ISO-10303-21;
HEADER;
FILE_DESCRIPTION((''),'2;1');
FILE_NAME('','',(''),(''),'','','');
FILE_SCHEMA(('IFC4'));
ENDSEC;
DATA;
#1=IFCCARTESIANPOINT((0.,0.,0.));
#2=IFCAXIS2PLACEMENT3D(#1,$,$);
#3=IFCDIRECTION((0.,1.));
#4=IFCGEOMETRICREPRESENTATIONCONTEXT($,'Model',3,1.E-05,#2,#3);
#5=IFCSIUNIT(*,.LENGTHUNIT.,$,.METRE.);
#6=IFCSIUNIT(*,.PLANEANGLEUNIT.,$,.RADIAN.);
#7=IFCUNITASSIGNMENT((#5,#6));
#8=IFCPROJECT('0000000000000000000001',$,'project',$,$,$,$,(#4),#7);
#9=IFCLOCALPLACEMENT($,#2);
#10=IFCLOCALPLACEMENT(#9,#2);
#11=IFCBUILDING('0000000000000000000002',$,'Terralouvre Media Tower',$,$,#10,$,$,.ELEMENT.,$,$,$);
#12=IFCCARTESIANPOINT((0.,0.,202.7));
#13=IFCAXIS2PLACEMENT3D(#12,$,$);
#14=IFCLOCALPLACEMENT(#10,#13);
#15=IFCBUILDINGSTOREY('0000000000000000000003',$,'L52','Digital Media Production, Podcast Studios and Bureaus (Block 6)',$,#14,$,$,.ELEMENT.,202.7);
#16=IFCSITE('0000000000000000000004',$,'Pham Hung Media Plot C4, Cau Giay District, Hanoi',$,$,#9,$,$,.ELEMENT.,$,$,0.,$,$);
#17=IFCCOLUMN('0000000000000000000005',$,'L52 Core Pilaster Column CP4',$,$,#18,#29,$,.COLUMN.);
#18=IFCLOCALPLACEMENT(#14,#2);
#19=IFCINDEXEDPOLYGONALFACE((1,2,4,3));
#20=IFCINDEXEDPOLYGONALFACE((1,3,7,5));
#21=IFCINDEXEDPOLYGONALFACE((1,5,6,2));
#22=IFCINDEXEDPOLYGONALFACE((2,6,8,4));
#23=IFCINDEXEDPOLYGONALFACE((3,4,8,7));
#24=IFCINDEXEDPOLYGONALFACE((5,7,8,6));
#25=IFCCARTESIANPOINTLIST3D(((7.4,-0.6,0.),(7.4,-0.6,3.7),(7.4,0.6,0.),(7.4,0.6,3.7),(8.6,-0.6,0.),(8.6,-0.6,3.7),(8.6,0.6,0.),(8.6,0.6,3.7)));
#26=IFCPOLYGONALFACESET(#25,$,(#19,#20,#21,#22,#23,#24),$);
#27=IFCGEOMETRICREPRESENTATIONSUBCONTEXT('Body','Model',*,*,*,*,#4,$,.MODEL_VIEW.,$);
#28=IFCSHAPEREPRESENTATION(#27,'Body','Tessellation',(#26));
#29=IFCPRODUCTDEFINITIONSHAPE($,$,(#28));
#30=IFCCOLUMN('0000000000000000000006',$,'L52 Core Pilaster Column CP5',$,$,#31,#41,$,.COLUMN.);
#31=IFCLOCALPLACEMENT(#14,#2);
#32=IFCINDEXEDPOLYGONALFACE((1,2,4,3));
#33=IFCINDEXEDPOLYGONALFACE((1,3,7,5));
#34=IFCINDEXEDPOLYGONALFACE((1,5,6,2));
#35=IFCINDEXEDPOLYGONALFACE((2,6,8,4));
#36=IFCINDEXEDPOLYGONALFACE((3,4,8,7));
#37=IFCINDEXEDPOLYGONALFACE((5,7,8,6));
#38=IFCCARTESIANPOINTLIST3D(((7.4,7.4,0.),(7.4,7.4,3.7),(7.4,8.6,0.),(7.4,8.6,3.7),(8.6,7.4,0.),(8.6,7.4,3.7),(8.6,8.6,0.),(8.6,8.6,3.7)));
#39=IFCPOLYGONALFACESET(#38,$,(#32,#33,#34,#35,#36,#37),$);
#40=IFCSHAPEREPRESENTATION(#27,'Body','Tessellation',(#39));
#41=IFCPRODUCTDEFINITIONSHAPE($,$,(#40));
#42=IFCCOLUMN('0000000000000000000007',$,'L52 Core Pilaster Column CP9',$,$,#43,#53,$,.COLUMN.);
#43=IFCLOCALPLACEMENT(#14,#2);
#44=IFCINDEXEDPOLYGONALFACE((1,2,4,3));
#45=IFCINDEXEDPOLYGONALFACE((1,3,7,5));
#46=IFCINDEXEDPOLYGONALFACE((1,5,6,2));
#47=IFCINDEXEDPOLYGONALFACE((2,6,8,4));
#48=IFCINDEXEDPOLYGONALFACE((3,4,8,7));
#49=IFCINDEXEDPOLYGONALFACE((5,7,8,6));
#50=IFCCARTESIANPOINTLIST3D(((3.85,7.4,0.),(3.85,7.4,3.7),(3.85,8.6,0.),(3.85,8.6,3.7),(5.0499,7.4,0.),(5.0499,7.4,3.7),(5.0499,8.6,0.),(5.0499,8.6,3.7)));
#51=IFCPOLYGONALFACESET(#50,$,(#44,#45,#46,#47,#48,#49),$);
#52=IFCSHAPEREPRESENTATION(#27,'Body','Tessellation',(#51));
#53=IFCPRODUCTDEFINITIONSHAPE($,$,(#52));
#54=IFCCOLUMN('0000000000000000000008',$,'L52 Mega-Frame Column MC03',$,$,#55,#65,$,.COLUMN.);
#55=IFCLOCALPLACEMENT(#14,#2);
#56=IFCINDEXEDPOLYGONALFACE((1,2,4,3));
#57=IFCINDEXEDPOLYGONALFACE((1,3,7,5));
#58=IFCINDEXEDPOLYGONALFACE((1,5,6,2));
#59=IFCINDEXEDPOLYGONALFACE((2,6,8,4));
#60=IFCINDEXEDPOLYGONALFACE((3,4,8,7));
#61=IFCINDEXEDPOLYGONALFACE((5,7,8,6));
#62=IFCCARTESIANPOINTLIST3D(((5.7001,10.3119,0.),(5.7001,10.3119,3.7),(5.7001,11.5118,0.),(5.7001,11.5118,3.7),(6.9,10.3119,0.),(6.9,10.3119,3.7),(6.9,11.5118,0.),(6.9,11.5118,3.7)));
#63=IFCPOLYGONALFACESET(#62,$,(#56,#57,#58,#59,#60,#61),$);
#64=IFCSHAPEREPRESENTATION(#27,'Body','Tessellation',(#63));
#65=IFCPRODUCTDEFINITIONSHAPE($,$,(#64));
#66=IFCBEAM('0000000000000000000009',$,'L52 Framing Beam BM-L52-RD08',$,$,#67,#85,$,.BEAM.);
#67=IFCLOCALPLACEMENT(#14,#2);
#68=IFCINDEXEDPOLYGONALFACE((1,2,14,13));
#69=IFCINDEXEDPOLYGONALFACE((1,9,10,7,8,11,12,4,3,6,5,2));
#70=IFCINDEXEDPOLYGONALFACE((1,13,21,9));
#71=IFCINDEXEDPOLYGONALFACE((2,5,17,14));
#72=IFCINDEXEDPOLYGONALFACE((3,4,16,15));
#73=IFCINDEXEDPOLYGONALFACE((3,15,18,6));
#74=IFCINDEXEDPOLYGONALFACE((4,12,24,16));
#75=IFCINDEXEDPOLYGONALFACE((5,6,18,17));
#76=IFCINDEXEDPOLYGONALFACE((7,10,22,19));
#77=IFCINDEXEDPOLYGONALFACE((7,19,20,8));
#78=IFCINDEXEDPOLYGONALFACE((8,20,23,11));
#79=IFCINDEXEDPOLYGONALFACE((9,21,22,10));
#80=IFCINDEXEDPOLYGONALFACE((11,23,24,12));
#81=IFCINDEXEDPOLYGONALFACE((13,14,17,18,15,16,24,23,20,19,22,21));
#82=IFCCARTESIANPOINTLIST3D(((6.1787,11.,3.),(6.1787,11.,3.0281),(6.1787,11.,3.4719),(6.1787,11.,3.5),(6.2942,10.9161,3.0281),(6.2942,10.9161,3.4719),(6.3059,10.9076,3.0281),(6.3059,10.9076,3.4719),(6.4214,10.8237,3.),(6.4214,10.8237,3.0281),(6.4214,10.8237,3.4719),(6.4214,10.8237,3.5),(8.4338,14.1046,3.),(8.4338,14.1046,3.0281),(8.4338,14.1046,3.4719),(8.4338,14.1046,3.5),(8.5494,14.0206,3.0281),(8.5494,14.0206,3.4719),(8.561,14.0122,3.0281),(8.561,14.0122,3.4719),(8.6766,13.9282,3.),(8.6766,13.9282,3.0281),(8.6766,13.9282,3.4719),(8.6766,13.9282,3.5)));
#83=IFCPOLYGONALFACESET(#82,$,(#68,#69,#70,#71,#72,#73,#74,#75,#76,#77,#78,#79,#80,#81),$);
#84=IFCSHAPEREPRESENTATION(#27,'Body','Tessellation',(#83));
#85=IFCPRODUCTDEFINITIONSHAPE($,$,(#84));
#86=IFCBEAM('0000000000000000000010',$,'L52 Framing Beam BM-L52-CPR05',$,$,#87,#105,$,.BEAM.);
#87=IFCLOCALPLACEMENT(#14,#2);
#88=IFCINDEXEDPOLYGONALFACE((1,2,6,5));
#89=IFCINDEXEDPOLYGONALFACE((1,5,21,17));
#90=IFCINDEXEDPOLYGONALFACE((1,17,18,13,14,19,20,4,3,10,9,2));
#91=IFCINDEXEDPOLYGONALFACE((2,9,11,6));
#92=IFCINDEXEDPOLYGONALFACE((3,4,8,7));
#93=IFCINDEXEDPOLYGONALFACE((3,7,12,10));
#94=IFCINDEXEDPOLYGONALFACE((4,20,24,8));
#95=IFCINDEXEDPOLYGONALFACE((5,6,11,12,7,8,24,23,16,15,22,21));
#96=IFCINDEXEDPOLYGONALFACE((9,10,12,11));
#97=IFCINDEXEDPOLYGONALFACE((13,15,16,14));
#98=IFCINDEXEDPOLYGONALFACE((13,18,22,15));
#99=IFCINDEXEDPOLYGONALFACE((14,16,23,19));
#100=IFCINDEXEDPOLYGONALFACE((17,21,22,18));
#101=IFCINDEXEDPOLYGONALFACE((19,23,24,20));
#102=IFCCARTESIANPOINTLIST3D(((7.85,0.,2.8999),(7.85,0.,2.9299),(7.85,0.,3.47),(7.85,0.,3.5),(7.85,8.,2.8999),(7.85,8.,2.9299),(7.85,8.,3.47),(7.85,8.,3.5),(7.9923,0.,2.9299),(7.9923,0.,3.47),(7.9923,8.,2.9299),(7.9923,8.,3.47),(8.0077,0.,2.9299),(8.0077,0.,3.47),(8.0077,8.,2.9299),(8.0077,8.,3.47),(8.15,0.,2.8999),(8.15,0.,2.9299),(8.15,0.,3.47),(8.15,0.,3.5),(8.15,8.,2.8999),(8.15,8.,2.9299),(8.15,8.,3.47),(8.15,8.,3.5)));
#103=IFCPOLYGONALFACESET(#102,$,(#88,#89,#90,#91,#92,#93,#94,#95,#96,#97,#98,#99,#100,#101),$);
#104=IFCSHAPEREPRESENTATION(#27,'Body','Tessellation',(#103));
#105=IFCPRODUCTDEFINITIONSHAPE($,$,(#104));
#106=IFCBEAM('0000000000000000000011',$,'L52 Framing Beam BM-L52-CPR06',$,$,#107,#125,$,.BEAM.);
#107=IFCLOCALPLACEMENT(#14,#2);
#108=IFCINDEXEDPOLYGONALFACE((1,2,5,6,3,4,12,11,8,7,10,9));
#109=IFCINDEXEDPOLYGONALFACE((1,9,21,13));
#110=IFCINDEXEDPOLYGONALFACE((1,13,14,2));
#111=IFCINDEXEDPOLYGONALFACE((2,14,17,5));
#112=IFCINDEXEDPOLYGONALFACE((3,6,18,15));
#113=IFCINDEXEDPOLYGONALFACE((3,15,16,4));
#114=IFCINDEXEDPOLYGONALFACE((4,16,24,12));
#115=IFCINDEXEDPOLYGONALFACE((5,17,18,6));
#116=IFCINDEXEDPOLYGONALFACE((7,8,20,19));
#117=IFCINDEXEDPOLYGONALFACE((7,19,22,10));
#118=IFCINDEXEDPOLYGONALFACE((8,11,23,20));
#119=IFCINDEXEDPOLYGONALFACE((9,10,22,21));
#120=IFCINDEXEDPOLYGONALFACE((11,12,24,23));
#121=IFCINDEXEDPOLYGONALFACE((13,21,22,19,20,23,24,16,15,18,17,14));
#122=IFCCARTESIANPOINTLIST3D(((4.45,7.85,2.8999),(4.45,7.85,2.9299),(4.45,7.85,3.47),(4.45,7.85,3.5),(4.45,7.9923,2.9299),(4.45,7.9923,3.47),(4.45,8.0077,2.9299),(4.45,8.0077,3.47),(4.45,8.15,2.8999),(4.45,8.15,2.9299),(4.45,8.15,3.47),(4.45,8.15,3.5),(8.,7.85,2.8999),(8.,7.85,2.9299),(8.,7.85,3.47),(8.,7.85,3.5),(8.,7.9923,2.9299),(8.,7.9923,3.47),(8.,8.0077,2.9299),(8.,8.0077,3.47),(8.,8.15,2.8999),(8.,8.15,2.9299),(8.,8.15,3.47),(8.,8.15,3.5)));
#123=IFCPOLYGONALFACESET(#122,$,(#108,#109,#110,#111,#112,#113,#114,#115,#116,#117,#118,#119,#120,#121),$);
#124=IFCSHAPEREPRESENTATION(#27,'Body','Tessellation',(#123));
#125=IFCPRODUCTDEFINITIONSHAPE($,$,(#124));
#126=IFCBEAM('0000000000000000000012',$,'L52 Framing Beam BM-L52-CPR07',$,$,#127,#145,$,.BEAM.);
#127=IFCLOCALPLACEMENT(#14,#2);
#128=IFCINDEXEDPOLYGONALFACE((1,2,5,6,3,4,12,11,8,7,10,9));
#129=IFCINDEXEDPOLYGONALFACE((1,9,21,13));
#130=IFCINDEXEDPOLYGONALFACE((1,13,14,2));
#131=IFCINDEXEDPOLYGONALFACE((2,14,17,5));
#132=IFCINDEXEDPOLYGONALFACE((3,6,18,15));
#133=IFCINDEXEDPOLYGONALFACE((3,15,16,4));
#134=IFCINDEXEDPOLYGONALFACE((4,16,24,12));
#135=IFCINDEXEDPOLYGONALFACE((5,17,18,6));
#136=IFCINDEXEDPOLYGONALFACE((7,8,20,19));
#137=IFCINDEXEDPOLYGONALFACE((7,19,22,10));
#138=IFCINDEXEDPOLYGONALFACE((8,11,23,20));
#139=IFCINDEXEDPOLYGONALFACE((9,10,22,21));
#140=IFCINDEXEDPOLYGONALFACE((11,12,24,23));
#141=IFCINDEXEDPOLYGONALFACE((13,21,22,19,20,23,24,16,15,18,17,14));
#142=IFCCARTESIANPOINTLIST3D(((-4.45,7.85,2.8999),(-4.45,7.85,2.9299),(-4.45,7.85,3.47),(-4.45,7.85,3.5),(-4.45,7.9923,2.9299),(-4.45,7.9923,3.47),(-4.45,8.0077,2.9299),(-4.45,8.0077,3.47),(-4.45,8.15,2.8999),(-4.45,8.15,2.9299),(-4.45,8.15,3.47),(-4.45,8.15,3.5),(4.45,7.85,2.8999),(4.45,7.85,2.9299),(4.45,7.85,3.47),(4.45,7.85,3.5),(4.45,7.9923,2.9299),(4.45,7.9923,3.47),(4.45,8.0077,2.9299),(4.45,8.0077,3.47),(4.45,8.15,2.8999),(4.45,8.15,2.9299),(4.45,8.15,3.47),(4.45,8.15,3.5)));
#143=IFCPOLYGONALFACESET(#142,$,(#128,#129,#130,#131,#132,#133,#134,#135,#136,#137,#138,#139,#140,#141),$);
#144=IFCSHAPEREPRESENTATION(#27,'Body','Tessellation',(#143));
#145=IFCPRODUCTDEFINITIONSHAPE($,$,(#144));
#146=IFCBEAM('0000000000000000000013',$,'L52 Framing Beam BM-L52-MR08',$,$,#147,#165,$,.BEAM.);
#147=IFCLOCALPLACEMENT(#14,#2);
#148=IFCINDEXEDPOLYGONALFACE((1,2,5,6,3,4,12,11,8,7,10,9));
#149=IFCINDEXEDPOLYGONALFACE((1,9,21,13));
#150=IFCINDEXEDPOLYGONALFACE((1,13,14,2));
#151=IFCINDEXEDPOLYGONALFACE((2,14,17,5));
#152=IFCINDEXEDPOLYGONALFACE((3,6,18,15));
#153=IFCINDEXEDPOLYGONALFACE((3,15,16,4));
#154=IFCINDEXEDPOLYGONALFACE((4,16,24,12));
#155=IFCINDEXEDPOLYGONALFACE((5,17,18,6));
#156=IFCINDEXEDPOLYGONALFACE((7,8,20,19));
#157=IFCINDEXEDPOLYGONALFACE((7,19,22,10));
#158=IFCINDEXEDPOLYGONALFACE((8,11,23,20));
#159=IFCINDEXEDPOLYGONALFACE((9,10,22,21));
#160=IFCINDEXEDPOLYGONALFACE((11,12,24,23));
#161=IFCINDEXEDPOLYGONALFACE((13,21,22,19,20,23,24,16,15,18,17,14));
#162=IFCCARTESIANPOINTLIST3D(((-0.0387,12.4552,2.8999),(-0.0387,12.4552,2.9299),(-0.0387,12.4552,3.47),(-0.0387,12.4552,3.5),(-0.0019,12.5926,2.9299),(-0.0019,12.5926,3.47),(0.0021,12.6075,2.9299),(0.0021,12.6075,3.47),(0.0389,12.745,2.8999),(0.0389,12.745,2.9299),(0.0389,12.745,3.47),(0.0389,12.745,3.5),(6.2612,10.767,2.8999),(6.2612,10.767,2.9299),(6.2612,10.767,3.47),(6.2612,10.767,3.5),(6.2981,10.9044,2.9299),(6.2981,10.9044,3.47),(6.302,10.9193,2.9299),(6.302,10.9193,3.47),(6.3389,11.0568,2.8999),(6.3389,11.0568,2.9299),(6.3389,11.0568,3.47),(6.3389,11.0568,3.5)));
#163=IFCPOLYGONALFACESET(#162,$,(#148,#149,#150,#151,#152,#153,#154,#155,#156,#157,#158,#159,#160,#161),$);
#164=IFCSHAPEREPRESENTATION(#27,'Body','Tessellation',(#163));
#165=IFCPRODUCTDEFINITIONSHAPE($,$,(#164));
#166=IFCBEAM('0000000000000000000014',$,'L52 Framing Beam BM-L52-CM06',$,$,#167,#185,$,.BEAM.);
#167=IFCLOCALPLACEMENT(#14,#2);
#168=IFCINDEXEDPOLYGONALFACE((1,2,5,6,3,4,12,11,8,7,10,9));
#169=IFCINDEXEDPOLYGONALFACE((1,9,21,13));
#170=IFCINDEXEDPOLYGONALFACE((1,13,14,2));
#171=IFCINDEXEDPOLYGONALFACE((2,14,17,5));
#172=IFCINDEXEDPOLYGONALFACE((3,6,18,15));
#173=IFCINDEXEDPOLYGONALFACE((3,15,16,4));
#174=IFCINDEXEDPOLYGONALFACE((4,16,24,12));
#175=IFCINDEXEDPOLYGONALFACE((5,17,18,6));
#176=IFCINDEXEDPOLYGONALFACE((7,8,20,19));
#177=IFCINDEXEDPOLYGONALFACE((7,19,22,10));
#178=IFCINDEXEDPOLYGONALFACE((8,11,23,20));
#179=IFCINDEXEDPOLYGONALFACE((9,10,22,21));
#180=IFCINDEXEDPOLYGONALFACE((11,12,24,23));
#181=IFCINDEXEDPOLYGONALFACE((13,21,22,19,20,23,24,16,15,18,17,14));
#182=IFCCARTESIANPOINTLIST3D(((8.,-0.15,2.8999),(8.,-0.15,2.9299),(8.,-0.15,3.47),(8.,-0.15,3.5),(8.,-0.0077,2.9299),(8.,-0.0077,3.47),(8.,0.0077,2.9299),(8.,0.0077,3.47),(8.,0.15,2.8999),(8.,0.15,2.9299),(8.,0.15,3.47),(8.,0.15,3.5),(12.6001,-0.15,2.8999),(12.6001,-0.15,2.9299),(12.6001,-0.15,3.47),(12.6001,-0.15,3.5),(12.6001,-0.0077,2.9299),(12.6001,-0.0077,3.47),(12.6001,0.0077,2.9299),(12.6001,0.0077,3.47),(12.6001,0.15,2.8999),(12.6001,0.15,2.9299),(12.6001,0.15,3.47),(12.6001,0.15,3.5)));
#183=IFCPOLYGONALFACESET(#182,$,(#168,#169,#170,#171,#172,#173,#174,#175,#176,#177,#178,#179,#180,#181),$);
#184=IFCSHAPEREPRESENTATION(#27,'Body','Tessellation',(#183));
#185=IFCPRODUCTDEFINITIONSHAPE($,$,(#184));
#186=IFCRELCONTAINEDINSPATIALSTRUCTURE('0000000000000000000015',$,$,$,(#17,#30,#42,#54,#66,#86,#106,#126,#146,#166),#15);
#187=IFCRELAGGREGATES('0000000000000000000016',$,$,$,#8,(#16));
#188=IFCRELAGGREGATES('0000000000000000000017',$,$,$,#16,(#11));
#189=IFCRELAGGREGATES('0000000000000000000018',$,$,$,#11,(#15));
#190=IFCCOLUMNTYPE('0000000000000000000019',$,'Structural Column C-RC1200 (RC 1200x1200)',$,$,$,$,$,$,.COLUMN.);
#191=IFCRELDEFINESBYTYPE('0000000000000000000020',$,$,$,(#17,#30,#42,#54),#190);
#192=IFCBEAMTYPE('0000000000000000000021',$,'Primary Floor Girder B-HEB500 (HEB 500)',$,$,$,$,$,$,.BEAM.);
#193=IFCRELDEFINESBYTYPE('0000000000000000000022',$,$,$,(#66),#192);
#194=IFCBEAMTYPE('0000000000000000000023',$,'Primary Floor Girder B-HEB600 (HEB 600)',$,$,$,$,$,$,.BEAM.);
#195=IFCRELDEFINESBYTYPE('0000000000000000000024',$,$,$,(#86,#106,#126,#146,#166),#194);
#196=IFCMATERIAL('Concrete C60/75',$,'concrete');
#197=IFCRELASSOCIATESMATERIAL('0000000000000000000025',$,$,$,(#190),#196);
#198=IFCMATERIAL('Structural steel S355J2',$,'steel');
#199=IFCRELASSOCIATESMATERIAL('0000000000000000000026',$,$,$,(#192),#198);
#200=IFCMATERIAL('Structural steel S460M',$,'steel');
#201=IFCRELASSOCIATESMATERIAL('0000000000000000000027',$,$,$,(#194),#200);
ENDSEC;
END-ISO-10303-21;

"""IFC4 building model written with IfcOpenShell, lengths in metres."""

from ifc_helpers import new_model, si_unit, direction, frame, origin, origin_2d, place, context, subcontext, project, spatial, rectangle, i_section, extrude, material, material_profile, profile_set, type_object, element, save


model = new_model("IFC4")

# Units and contexts
model_context = context("Model", 3, precision=1e-05, world=origin(), true_north=direction((0.0, 1.0)))
body_context = subcontext(model_context, "Body", "Model", "MODEL_VIEW")
ifc_project = project(units=[si_unit("LENGTHUNIT", "METRE"), si_unit("PLANEANGLEUNIT", "RADIAN")], contexts=[model_context])

# Site, building, storey
site_placement = place(None, origin())
site = spatial("IfcSite", under=ifc_project, at=site_placement, Name="Pham Hung Media Plot C4, Cau Giay District, Hanoi", CompositionType="ELEMENT", RefElevation=0.0)
building_placement = place(site_placement, origin())
building = spatial("IfcBuilding", under=site, at=building_placement, Name="Terralouvre Media Tower", CompositionType="ELEMENT")
storey_placement = place(building_placement, frame((0.0, 0.0, 202.7)))
storey = spatial("IfcBuildingStorey", under=building, at=storey_placement, Name="L52", Description="Digital Media Production, Podcast Studios and Bureaus (Block 6)", CompositionType="ELEMENT", Elevation=202.7)

# Columns
ifc_material_1 = material(Name="Concrete C60/75", Category="concrete")
ifc_material_profile_1 = material_profile(ifc_material_1, rectangle(XDim=1.2, YDim=1.2, at=origin_2d()), Name="RC 1200x1200")
ifc_profile_set_1 = profile_set([ifc_material_profile_1], Name="Concrete C60/75")
column_type = type_object("IfcColumnType", Name="Structural Column C-RC1200 (RC 1200x1200)", PredefinedType="COLUMN", material=ifc_profile_set_1)
for number, where, z_axis, x_axis, name in (
    (1, (8.0, 0.0, 0.0), (0.0, 0.0, 1.0), (1.0, 0.0, 0.0), "L52 Core Pilaster Column CP4"),
    (2, (8.0, 8.0, 0.0), (0.0, 0.0, 1.0), (1.0, 0.0, 0.0), "L52 Core Pilaster Column CP5"),
    (3, (4.45, 8.0, 0.0), (0.0, 0.0, 1.0), (1.0, 0.0, 0.0), "L52 Core Pilaster Column CP9"),
    (4, (6.3, 10.9119, 0.0), (0.0, 0.0, 1.0), (1.0, 0.0, 0.0), "L52 Mega-Frame Column MC03"),
):
    element("IfcColumn", number, at=place(storey_placement, frame(where, z_axis=z_axis, x_axis=x_axis)), inside=storey, type_object=column_type, Name=name, PredefinedType="COLUMN", context=body_context, shape_type="SweptSolid", body=[
        extrude(rectangle(XDim=1.2, YDim=1.2, at=origin_2d()), origin(), (0.0, 0.0, 1.0), 3.7),
    ])

# Beams
ifc_material_2 = material(Name="Structural steel S355J2", Category="steel")
ifc_material_profile_2 = material_profile(ifc_material_2, i_section(OverallWidth=0.3, OverallDepth=0.5, WebThickness=0.0144, FlangeThickness=0.0281, at=origin_2d()), Name="HEB 500")
ifc_profile_set_2 = profile_set([ifc_material_profile_2], Name="Structural steel S355J2")
beam_type_1 = type_object("IfcBeamType", Name="Primary Floor Girder B-HEB500 (HEB 500)", PredefinedType="BEAM", material=ifc_profile_set_2)
beam_1_placement = place(storey_placement, frame((6.3, 10.9119, 3.25), z_axis=(0.587714, 0.809069, 0.0), x_axis=(-0.809069, 0.587714, 0.0)))
element("IfcBeam", 5, at=beam_1_placement, inside=storey, type_object=beam_type_1, Name="L52 Framing Beam BM-L52-RD08", PredefinedType="BEAM", context=body_context, shape_type="SweptSolid", body=[
    extrude(i_section(OverallWidth=0.3, OverallDepth=0.5, WebThickness=0.0144, FlangeThickness=0.0281, at=origin_2d()), origin(), (0.0, 0.0, 1.0), 3.8372),
])
ifc_material_3 = material(Name="Structural steel S460M", Category="steel")
ifc_material_profile_3 = material_profile(ifc_material_3, i_section(OverallWidth=0.3, OverallDepth=0.6001, WebThickness=0.0154, FlangeThickness=0.03, at=origin_2d()), Name="HEB 600")
ifc_profile_set_3 = profile_set([ifc_material_profile_3], Name="Structural steel S460M")
beam_type_2 = type_object("IfcBeamType", Name="Primary Floor Girder B-HEB600 (HEB 600)", PredefinedType="BEAM", material=ifc_profile_set_3)
beam_2_placement = place(storey_placement, frame((8.0, 0.0, 3.2), z_axis=(0.0, 1.0, 0.0), x_axis=(-1.0, 0.0, 0.0)))
element("IfcBeam", 6, at=beam_2_placement, inside=storey, type_object=beam_type_2, Name="L52 Framing Beam BM-L52-CPR05", PredefinedType="BEAM", context=body_context, shape_type="SweptSolid", body=[
    extrude(i_section(OverallWidth=0.3, OverallDepth=0.6001, WebThickness=0.0154, FlangeThickness=0.03, at=origin_2d()), origin(), (0.0, 0.0, 1.0), 8.0),
])
beam_3_placement = place(storey_placement, frame((8.0, 8.0, 3.2), z_axis=(-1.0, 0.0, 0.0), x_axis=(0.0, -1.0, 0.0)))
element("IfcBeam", 7, at=beam_3_placement, inside=storey, type_object=beam_type_2, Name="L52 Framing Beam BM-L52-CPR06", PredefinedType="BEAM", context=body_context, shape_type="SweptSolid", body=[
    extrude(i_section(OverallWidth=0.3, OverallDepth=0.6001, WebThickness=0.0154, FlangeThickness=0.03, at=origin_2d()), origin(), (0.0, 0.0, 1.0), 3.55),
])
beam_4_placement = place(storey_placement, frame((4.45, 8.0, 3.2), z_axis=(-1.0, 0.0, 0.0), x_axis=(0.0, -1.0, 0.0)))
element("IfcBeam", 8, at=beam_4_placement, inside=storey, type_object=beam_type_2, Name="L52 Framing Beam BM-L52-CPR07", PredefinedType="BEAM", context=body_context, shape_type="SweptSolid", body=[
    extrude(i_section(OverallWidth=0.3, OverallDepth=0.6001, WebThickness=0.0154, FlangeThickness=0.03, at=origin_2d()), origin(), (0.0, 0.0, 1.0), 8.8999),
])
beam_5_placement = place(storey_placement, frame((6.3, 10.9119, 3.2), z_axis=(-0.96592, 0.258839, 0.0), x_axis=(-0.258839, -0.96592, 0.0)))
element("IfcBeam", 9, at=beam_5_placement, inside=storey, type_object=beam_type_2, Name="L52 Framing Beam BM-L52-MR08", PredefinedType="BEAM", context=body_context, shape_type="SweptSolid", body=[
    extrude(i_section(OverallWidth=0.3, OverallDepth=0.6001, WebThickness=0.0154, FlangeThickness=0.03, at=origin_2d()), origin(), (0.0, 0.0, 1.0), 6.5222),
])
beam_6_placement = place(storey_placement, frame((8.0, 0.0, 3.2), z_axis=(1.0, 0.0, 0.0), x_axis=(0.0, 1.0, 0.0)))
element("IfcBeam", 10, at=beam_6_placement, inside=storey, type_object=beam_type_2, Name="L52 Framing Beam BM-L52-CM06", PredefinedType="BEAM", context=body_context, shape_type="SweptSolid", body=[
    extrude(i_section(OverallWidth=0.3, OverallDepth=0.6001, WebThickness=0.0154, FlangeThickness=0.03, at=origin_2d()), origin(), (0.0, 0.0, 1.0), 4.6001),
])

save(model, "model.ifc")
